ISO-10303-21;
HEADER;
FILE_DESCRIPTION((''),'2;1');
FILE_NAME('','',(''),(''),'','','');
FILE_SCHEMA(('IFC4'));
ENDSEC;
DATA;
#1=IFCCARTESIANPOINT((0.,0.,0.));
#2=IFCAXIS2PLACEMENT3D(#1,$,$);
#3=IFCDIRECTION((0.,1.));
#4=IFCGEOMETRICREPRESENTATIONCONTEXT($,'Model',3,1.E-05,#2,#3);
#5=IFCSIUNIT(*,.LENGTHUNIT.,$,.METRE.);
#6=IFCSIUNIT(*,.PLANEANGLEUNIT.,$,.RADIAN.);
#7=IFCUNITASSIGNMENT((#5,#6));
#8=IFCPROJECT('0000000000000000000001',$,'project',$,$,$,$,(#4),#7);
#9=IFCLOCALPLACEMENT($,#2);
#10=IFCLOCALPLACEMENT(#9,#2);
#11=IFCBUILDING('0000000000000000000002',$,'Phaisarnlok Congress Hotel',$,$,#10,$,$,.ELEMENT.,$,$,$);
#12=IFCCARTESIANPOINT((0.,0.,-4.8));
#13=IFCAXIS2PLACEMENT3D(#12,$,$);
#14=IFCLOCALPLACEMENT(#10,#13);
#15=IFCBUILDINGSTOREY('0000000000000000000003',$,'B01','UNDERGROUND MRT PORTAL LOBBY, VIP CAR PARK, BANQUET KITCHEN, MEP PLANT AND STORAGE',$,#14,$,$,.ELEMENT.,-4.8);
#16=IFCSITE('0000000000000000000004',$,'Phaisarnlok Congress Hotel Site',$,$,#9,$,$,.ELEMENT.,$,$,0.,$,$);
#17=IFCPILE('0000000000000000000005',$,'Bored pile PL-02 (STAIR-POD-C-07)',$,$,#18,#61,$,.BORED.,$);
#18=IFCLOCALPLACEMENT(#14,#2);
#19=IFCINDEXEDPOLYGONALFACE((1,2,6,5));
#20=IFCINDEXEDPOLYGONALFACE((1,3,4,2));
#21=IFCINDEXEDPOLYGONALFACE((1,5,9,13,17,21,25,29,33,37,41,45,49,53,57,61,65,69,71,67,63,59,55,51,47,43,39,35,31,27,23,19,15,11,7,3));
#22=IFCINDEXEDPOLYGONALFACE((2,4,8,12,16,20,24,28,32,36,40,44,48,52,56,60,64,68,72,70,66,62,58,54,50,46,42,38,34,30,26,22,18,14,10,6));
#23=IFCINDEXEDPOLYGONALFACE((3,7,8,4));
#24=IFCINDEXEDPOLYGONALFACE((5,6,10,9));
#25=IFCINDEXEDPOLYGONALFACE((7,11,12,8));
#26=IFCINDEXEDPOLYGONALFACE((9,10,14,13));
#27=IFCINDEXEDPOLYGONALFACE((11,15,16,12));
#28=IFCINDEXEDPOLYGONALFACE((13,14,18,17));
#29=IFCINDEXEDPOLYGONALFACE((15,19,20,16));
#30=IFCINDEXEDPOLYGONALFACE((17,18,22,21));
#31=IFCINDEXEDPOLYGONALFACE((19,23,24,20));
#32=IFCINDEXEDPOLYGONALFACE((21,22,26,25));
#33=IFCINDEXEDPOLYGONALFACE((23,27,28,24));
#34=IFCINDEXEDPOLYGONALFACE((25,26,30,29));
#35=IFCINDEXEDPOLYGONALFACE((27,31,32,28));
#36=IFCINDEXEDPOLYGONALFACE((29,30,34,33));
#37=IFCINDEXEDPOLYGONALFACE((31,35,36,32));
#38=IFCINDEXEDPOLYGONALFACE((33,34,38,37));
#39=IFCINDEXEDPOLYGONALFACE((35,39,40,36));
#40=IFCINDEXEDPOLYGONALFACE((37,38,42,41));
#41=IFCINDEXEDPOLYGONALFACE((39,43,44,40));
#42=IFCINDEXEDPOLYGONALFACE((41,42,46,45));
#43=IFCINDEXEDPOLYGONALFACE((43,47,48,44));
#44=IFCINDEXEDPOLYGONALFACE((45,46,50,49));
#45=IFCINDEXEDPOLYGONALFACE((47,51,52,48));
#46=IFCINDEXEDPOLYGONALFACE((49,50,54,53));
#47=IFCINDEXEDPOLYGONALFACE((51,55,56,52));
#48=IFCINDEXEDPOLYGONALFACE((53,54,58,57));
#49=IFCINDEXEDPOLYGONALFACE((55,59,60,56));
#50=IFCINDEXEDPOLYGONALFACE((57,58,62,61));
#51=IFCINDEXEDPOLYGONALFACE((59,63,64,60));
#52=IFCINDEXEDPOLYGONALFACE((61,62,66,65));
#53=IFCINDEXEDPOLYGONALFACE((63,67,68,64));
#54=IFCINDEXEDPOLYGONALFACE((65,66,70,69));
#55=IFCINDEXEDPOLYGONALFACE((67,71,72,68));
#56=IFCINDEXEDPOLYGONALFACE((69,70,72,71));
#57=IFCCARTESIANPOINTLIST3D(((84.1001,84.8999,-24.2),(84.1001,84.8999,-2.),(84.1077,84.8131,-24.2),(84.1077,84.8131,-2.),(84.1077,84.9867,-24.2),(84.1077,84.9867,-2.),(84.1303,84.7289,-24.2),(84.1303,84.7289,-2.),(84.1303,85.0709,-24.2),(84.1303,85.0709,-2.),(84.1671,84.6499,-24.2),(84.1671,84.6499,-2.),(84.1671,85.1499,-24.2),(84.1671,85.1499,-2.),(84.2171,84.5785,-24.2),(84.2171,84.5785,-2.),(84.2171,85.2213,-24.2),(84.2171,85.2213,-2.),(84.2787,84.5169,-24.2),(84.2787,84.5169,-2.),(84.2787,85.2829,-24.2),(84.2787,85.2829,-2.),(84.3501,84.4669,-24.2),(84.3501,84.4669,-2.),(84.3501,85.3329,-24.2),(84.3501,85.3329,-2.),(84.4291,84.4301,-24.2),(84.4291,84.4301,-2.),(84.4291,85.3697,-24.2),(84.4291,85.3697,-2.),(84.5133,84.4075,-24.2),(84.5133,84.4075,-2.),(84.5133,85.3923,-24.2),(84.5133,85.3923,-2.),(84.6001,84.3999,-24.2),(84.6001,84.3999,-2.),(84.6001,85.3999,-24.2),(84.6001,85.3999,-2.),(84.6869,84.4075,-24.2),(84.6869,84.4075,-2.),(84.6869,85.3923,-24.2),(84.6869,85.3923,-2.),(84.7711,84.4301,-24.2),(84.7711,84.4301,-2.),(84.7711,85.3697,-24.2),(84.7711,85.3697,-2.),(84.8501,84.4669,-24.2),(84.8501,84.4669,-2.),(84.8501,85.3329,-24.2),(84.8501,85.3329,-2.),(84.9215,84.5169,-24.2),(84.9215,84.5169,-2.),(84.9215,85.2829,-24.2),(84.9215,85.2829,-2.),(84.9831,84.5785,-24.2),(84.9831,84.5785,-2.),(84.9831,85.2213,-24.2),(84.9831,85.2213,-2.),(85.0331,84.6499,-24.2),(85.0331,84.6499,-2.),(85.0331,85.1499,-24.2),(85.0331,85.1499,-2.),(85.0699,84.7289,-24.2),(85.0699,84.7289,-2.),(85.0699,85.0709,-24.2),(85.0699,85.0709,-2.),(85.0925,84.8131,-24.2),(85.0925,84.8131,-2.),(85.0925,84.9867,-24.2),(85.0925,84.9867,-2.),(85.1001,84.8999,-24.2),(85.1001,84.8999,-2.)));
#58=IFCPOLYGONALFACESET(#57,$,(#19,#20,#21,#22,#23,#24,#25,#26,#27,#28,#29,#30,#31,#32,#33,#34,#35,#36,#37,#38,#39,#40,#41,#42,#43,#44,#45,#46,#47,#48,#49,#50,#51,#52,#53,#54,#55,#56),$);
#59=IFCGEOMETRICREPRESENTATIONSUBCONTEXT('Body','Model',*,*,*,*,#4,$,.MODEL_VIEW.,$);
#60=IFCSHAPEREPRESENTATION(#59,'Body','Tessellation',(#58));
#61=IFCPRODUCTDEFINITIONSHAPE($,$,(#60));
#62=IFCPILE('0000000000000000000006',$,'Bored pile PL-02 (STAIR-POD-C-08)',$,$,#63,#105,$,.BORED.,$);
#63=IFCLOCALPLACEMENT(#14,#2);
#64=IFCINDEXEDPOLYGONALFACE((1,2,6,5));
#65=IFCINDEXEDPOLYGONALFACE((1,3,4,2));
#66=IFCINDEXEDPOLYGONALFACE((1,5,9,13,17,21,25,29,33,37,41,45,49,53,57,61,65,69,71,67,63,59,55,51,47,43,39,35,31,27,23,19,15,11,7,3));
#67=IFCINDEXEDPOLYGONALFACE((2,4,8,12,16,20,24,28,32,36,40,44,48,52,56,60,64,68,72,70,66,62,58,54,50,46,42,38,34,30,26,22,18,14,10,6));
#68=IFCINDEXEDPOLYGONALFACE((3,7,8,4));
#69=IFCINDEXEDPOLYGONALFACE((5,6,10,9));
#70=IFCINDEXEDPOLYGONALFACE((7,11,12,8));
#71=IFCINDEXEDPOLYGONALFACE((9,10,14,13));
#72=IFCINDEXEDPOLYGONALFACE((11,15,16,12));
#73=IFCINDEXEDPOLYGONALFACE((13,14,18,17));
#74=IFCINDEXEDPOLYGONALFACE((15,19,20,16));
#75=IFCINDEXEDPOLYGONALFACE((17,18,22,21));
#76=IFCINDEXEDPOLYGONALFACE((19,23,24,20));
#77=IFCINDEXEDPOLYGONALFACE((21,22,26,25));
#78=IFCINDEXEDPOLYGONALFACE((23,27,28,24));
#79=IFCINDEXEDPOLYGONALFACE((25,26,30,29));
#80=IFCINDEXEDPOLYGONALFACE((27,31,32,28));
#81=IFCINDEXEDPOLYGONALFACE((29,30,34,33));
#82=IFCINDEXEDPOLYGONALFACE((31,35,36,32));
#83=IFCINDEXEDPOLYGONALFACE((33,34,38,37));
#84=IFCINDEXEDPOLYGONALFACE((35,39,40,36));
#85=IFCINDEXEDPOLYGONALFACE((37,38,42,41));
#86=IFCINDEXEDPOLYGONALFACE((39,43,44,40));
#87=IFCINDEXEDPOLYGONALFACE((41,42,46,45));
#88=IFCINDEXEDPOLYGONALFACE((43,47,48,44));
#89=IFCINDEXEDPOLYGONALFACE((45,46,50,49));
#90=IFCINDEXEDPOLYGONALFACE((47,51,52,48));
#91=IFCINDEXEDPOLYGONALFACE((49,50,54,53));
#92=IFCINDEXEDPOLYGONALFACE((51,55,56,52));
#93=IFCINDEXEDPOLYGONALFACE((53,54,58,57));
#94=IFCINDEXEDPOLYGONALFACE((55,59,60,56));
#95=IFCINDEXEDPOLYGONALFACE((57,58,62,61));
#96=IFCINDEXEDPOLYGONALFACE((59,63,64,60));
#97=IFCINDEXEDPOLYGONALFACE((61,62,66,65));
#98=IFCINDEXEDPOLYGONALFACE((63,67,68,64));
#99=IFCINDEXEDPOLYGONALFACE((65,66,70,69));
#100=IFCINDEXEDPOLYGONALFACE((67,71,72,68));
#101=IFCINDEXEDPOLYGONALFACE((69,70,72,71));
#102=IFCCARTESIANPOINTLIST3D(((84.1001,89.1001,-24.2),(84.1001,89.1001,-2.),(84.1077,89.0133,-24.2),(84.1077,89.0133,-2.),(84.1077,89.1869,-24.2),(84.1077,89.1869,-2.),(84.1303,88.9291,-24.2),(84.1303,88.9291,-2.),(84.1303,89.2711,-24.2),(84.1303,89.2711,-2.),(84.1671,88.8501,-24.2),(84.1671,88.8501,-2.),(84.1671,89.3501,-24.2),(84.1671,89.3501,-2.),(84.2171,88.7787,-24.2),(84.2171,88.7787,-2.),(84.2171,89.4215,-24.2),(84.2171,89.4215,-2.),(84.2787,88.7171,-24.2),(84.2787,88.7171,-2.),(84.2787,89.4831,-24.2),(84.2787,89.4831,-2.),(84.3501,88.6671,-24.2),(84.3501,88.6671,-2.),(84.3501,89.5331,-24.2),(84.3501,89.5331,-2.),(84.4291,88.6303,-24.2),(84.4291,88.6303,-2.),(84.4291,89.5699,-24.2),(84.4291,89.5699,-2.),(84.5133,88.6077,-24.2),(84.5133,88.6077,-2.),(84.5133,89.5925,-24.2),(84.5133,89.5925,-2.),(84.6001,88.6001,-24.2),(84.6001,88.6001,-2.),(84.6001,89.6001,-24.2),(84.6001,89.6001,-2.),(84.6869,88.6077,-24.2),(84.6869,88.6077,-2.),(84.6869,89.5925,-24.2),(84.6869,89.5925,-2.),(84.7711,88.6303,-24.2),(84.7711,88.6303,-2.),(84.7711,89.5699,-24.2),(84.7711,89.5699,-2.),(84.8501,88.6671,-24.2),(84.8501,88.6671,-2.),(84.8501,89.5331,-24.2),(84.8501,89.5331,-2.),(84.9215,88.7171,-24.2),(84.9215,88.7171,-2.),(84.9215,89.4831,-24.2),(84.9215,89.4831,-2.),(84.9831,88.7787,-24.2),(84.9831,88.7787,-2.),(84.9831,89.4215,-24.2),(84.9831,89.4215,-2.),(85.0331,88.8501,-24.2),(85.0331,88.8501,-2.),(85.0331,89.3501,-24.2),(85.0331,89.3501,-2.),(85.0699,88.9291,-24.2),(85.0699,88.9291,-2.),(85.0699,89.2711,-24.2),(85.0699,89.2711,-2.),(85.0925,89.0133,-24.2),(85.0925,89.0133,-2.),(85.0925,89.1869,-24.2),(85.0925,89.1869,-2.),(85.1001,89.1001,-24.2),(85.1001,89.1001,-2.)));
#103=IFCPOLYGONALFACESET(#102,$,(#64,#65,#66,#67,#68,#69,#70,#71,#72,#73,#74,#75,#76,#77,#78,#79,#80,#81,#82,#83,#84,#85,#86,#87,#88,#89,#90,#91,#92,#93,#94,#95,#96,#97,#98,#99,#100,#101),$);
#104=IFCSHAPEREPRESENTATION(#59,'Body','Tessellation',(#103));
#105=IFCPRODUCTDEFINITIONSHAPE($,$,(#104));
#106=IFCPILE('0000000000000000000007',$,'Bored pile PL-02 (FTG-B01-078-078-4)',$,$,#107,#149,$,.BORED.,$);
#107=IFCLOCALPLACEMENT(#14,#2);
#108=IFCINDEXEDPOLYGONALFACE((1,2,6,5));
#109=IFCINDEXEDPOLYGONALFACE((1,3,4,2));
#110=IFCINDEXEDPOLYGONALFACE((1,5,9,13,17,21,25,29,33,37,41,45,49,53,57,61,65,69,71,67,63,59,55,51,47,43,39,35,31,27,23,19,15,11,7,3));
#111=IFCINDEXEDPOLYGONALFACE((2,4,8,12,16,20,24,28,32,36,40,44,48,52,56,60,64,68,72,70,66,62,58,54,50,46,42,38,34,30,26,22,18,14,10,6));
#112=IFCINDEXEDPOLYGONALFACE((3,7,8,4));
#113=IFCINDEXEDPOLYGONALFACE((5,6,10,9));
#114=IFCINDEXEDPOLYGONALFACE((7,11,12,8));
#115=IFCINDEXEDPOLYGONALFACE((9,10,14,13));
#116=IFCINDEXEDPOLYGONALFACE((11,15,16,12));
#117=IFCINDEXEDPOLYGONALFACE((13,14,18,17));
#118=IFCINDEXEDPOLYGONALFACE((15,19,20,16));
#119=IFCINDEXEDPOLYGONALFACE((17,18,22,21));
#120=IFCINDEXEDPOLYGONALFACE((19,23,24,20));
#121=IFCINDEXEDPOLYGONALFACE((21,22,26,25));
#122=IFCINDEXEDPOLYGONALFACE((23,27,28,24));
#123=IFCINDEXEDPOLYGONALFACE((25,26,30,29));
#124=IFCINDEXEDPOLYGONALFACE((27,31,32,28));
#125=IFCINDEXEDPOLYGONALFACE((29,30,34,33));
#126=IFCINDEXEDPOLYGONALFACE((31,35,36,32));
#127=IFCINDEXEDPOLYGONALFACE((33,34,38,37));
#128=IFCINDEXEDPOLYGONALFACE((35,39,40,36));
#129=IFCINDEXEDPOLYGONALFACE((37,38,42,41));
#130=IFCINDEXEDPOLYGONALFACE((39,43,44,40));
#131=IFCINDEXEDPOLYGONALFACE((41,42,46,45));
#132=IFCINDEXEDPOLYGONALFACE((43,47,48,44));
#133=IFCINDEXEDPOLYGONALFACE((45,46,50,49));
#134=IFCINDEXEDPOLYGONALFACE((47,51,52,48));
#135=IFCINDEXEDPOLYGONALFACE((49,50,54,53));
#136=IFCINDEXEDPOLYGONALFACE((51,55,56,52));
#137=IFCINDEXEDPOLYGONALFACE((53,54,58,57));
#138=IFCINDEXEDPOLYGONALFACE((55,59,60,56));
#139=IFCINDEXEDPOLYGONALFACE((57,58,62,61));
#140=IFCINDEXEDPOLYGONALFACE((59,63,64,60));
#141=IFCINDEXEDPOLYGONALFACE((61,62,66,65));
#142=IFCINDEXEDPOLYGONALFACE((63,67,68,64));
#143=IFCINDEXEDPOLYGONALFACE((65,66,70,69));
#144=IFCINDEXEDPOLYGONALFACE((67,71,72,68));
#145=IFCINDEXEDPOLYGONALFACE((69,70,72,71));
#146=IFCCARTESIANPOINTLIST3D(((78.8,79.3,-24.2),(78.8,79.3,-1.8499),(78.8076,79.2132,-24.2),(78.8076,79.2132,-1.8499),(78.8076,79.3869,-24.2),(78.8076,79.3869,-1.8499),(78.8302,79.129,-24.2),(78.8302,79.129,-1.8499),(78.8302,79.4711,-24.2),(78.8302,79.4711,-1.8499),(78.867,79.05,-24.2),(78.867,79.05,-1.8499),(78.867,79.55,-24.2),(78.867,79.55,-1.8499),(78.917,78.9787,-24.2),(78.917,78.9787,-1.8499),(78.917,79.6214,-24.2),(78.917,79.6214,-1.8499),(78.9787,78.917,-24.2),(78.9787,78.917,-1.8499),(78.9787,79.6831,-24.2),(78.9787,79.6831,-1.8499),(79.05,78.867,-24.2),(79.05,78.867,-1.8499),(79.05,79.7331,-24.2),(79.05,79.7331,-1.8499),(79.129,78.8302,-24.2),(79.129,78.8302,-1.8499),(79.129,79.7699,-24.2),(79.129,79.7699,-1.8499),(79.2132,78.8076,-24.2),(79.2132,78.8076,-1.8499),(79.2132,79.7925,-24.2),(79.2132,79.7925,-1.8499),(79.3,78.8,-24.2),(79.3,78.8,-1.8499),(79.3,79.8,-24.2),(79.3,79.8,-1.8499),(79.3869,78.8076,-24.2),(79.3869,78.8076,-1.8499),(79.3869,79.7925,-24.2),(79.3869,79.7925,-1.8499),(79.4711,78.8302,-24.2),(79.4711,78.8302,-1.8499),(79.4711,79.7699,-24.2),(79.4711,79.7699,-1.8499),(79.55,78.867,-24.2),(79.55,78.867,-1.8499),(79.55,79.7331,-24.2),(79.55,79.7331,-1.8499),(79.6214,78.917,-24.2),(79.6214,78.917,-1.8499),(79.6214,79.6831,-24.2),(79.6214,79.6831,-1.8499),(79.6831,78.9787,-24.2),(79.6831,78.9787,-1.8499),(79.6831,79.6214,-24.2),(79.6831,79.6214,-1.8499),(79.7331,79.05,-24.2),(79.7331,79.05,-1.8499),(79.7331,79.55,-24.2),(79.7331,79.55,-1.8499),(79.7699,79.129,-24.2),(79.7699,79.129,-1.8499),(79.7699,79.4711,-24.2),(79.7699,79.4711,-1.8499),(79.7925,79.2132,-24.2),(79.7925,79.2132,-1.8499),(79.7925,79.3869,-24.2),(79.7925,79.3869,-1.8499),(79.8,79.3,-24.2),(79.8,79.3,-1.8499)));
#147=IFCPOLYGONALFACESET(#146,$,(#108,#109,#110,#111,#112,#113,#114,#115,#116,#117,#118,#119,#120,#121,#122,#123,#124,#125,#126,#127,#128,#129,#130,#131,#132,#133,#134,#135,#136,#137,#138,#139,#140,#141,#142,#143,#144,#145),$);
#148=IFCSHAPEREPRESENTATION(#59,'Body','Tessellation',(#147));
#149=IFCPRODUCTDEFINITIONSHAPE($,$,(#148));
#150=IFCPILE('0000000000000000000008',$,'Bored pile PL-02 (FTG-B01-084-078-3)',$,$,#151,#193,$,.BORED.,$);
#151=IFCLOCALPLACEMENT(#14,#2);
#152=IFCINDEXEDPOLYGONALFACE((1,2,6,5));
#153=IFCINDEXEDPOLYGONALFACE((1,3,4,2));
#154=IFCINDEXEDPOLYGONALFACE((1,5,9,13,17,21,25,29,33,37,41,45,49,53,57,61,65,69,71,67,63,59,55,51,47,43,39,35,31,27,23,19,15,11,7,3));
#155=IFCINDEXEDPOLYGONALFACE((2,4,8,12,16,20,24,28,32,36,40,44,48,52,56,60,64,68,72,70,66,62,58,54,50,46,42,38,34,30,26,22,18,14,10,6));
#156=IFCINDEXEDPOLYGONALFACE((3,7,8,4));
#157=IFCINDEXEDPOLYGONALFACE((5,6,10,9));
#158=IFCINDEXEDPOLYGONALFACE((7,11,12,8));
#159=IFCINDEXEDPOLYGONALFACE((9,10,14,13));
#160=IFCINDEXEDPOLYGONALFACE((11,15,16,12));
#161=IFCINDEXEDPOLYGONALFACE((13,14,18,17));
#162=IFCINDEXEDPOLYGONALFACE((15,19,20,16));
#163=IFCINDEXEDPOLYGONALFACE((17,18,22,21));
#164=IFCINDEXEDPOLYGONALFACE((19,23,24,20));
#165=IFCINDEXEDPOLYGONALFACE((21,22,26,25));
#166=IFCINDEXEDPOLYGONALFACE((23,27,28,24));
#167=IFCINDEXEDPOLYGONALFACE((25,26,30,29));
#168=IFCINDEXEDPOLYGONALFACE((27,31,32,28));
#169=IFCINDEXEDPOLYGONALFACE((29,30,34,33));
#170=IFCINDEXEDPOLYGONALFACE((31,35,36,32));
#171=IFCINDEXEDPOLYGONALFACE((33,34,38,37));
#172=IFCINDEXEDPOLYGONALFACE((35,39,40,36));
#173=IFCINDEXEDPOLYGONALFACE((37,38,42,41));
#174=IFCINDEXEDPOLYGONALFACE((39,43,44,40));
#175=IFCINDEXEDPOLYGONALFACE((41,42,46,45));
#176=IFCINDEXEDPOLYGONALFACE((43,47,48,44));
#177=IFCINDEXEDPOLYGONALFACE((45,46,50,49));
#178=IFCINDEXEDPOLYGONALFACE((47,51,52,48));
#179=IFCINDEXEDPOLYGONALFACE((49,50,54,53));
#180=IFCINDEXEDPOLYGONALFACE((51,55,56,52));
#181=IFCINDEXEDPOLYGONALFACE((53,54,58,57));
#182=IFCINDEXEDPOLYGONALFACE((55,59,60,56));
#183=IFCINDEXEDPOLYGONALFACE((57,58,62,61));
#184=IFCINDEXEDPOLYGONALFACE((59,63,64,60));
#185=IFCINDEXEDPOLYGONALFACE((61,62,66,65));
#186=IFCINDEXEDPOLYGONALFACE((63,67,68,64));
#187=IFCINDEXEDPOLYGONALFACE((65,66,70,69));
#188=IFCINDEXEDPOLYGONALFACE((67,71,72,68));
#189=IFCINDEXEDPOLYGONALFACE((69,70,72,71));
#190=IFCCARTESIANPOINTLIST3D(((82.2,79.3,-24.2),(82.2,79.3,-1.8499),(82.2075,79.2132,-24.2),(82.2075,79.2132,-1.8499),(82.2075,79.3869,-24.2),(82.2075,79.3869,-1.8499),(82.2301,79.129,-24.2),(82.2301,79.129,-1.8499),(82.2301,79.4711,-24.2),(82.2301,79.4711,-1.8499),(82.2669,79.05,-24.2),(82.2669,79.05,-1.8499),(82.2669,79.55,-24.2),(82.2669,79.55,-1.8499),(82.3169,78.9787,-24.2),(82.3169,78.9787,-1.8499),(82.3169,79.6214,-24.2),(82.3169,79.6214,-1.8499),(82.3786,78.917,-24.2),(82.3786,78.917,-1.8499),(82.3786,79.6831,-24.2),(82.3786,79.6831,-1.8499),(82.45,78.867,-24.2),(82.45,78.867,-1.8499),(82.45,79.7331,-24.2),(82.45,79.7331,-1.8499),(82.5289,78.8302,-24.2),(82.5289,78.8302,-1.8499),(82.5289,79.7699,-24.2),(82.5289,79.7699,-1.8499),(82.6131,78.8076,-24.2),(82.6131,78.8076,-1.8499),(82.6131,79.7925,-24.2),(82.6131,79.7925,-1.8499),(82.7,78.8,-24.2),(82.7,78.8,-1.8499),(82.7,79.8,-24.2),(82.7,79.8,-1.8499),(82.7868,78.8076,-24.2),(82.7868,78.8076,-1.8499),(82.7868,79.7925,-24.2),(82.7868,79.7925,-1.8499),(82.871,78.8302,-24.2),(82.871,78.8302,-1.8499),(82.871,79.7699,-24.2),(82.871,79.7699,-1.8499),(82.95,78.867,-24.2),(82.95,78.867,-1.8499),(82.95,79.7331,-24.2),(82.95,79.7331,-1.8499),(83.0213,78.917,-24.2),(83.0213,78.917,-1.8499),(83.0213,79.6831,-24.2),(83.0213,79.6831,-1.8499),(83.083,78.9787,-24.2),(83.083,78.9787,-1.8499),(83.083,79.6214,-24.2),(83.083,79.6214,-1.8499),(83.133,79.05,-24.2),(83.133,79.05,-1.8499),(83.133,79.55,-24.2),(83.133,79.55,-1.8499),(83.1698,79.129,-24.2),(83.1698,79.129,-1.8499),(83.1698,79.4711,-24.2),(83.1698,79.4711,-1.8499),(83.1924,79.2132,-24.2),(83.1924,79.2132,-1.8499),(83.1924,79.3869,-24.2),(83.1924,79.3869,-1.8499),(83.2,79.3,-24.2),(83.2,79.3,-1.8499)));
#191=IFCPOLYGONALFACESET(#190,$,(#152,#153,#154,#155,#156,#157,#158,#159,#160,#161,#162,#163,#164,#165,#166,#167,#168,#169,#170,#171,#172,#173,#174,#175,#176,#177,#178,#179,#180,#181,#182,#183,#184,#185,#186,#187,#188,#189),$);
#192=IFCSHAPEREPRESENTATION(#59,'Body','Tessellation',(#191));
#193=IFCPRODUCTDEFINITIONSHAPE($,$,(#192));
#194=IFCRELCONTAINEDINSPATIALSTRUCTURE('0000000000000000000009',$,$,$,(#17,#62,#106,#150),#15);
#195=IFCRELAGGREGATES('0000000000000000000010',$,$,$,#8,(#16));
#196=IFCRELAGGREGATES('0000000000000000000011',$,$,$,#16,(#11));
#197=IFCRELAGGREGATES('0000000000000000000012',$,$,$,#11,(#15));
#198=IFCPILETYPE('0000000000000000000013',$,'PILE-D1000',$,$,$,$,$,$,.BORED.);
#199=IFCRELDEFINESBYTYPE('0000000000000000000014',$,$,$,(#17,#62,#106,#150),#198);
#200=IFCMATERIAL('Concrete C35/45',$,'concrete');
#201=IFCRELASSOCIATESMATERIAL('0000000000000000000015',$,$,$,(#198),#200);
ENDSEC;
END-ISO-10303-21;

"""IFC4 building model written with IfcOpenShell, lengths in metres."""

from ifc_helpers import new_model, si_unit, direction, frame, origin, origin_2d, place, context, subcontext, project, spatial, circle, extrude, material, material_profile, profile_set, type_object, element, save


model = new_model("IFC4")

# Units and contexts
model_context = context("Model", 3, precision=1e-05, world=origin(), true_north=direction((0.0, 1.0)))
body_context = subcontext(model_context, "Body", "Model", "MODEL_VIEW")
ifc_project = project(units=[si_unit("LENGTHUNIT", "METRE"), si_unit("PLANEANGLEUNIT", "RADIAN")], contexts=[model_context])

# Site, building, storey
site_placement = place(None, origin())
site = spatial("IfcSite", under=ifc_project, at=site_placement, Name="Phaisarnlok Congress Hotel Site", CompositionType="ELEMENT", RefElevation=0.0)
building_placement = place(site_placement, origin())
building = spatial("IfcBuilding", under=site, at=building_placement, Name="Phaisarnlok Congress Hotel", CompositionType="ELEMENT")
storey_placement = place(building_placement, frame((0.0, 0.0, -4.8)))
storey = spatial("IfcBuildingStorey", under=building, at=storey_placement, Name="B01", Description="UNDERGROUND MRT PORTAL LOBBY, VIP CAR PARK, BANQUET KITCHEN, MEP PLANT AND STORAGE", CompositionType="ELEMENT", Elevation=-4.8)

# Piles
ifc_material_1 = material(Name="Concrete C35/45", Category="concrete")
ifc_material_profile_1 = material_profile(ifc_material_1, circle(Radius=0.5, at=origin_2d()), Name="BORED PILE D1000")
ifc_profile_set_1 = profile_set([ifc_material_profile_1], Name="Concrete C35/45")
pile_type_1 = type_object("IfcPileType", Name="PILE-D1000", PredefinedType="BORED", material=ifc_profile_set_1)
for number, where, z_axis, x_axis, name in (
    (1, (84.6001, 84.8999, -2.0), (0.0, 0.0, -1.0), (1.0, 0.0, 0.0), "Bored pile PL-02 (STAIR-POD-C-07)"),
    (2, (84.6001, 89.1001, -2.0), (0.0, 0.0, -1.0), (1.0, 0.0, 0.0), "Bored pile PL-02 (STAIR-POD-C-08)"),
):
    element("IfcPile", number, at=place(storey_placement, frame(where, z_axis=z_axis, x_axis=x_axis)), inside=storey, type_object=pile_type_1, Name=name, PredefinedType="BORED", context=body_context, shape_type="SweptSolid", body=[
        extrude(circle(Radius=0.5, at=origin_2d()), origin(), (0.0, 0.0, 1.0), 22.2),
    ])
for number, where, z_axis, x_axis, name in (
    (3, (79.3, 79.3, -1.8499), (0.0, 0.0, -1.0), (1.0, 0.0, 0.0), "Bored pile PL-02 (FTG-B01-078-078-4)"),
    (4, (82.7, 79.3, -1.8499), (0.0, 0.0, -1.0), (1.0, 0.0, 0.0), "Bored pile PL-02 (FTG-B01-084-078-3)"),
):
    element("IfcPile", number, at=place(storey_placement, frame(where, z_axis=z_axis, x_axis=x_axis)), inside=storey, type_object=pile_type_1, Name=name, PredefinedType="BORED", context=body_context, shape_type="SweptSolid", body=[
        extrude(circle(Radius=0.5, at=origin_2d()), origin(), (0.0, 0.0, 1.0), 22.3501),
    ])

save(model, "model.ifc")
